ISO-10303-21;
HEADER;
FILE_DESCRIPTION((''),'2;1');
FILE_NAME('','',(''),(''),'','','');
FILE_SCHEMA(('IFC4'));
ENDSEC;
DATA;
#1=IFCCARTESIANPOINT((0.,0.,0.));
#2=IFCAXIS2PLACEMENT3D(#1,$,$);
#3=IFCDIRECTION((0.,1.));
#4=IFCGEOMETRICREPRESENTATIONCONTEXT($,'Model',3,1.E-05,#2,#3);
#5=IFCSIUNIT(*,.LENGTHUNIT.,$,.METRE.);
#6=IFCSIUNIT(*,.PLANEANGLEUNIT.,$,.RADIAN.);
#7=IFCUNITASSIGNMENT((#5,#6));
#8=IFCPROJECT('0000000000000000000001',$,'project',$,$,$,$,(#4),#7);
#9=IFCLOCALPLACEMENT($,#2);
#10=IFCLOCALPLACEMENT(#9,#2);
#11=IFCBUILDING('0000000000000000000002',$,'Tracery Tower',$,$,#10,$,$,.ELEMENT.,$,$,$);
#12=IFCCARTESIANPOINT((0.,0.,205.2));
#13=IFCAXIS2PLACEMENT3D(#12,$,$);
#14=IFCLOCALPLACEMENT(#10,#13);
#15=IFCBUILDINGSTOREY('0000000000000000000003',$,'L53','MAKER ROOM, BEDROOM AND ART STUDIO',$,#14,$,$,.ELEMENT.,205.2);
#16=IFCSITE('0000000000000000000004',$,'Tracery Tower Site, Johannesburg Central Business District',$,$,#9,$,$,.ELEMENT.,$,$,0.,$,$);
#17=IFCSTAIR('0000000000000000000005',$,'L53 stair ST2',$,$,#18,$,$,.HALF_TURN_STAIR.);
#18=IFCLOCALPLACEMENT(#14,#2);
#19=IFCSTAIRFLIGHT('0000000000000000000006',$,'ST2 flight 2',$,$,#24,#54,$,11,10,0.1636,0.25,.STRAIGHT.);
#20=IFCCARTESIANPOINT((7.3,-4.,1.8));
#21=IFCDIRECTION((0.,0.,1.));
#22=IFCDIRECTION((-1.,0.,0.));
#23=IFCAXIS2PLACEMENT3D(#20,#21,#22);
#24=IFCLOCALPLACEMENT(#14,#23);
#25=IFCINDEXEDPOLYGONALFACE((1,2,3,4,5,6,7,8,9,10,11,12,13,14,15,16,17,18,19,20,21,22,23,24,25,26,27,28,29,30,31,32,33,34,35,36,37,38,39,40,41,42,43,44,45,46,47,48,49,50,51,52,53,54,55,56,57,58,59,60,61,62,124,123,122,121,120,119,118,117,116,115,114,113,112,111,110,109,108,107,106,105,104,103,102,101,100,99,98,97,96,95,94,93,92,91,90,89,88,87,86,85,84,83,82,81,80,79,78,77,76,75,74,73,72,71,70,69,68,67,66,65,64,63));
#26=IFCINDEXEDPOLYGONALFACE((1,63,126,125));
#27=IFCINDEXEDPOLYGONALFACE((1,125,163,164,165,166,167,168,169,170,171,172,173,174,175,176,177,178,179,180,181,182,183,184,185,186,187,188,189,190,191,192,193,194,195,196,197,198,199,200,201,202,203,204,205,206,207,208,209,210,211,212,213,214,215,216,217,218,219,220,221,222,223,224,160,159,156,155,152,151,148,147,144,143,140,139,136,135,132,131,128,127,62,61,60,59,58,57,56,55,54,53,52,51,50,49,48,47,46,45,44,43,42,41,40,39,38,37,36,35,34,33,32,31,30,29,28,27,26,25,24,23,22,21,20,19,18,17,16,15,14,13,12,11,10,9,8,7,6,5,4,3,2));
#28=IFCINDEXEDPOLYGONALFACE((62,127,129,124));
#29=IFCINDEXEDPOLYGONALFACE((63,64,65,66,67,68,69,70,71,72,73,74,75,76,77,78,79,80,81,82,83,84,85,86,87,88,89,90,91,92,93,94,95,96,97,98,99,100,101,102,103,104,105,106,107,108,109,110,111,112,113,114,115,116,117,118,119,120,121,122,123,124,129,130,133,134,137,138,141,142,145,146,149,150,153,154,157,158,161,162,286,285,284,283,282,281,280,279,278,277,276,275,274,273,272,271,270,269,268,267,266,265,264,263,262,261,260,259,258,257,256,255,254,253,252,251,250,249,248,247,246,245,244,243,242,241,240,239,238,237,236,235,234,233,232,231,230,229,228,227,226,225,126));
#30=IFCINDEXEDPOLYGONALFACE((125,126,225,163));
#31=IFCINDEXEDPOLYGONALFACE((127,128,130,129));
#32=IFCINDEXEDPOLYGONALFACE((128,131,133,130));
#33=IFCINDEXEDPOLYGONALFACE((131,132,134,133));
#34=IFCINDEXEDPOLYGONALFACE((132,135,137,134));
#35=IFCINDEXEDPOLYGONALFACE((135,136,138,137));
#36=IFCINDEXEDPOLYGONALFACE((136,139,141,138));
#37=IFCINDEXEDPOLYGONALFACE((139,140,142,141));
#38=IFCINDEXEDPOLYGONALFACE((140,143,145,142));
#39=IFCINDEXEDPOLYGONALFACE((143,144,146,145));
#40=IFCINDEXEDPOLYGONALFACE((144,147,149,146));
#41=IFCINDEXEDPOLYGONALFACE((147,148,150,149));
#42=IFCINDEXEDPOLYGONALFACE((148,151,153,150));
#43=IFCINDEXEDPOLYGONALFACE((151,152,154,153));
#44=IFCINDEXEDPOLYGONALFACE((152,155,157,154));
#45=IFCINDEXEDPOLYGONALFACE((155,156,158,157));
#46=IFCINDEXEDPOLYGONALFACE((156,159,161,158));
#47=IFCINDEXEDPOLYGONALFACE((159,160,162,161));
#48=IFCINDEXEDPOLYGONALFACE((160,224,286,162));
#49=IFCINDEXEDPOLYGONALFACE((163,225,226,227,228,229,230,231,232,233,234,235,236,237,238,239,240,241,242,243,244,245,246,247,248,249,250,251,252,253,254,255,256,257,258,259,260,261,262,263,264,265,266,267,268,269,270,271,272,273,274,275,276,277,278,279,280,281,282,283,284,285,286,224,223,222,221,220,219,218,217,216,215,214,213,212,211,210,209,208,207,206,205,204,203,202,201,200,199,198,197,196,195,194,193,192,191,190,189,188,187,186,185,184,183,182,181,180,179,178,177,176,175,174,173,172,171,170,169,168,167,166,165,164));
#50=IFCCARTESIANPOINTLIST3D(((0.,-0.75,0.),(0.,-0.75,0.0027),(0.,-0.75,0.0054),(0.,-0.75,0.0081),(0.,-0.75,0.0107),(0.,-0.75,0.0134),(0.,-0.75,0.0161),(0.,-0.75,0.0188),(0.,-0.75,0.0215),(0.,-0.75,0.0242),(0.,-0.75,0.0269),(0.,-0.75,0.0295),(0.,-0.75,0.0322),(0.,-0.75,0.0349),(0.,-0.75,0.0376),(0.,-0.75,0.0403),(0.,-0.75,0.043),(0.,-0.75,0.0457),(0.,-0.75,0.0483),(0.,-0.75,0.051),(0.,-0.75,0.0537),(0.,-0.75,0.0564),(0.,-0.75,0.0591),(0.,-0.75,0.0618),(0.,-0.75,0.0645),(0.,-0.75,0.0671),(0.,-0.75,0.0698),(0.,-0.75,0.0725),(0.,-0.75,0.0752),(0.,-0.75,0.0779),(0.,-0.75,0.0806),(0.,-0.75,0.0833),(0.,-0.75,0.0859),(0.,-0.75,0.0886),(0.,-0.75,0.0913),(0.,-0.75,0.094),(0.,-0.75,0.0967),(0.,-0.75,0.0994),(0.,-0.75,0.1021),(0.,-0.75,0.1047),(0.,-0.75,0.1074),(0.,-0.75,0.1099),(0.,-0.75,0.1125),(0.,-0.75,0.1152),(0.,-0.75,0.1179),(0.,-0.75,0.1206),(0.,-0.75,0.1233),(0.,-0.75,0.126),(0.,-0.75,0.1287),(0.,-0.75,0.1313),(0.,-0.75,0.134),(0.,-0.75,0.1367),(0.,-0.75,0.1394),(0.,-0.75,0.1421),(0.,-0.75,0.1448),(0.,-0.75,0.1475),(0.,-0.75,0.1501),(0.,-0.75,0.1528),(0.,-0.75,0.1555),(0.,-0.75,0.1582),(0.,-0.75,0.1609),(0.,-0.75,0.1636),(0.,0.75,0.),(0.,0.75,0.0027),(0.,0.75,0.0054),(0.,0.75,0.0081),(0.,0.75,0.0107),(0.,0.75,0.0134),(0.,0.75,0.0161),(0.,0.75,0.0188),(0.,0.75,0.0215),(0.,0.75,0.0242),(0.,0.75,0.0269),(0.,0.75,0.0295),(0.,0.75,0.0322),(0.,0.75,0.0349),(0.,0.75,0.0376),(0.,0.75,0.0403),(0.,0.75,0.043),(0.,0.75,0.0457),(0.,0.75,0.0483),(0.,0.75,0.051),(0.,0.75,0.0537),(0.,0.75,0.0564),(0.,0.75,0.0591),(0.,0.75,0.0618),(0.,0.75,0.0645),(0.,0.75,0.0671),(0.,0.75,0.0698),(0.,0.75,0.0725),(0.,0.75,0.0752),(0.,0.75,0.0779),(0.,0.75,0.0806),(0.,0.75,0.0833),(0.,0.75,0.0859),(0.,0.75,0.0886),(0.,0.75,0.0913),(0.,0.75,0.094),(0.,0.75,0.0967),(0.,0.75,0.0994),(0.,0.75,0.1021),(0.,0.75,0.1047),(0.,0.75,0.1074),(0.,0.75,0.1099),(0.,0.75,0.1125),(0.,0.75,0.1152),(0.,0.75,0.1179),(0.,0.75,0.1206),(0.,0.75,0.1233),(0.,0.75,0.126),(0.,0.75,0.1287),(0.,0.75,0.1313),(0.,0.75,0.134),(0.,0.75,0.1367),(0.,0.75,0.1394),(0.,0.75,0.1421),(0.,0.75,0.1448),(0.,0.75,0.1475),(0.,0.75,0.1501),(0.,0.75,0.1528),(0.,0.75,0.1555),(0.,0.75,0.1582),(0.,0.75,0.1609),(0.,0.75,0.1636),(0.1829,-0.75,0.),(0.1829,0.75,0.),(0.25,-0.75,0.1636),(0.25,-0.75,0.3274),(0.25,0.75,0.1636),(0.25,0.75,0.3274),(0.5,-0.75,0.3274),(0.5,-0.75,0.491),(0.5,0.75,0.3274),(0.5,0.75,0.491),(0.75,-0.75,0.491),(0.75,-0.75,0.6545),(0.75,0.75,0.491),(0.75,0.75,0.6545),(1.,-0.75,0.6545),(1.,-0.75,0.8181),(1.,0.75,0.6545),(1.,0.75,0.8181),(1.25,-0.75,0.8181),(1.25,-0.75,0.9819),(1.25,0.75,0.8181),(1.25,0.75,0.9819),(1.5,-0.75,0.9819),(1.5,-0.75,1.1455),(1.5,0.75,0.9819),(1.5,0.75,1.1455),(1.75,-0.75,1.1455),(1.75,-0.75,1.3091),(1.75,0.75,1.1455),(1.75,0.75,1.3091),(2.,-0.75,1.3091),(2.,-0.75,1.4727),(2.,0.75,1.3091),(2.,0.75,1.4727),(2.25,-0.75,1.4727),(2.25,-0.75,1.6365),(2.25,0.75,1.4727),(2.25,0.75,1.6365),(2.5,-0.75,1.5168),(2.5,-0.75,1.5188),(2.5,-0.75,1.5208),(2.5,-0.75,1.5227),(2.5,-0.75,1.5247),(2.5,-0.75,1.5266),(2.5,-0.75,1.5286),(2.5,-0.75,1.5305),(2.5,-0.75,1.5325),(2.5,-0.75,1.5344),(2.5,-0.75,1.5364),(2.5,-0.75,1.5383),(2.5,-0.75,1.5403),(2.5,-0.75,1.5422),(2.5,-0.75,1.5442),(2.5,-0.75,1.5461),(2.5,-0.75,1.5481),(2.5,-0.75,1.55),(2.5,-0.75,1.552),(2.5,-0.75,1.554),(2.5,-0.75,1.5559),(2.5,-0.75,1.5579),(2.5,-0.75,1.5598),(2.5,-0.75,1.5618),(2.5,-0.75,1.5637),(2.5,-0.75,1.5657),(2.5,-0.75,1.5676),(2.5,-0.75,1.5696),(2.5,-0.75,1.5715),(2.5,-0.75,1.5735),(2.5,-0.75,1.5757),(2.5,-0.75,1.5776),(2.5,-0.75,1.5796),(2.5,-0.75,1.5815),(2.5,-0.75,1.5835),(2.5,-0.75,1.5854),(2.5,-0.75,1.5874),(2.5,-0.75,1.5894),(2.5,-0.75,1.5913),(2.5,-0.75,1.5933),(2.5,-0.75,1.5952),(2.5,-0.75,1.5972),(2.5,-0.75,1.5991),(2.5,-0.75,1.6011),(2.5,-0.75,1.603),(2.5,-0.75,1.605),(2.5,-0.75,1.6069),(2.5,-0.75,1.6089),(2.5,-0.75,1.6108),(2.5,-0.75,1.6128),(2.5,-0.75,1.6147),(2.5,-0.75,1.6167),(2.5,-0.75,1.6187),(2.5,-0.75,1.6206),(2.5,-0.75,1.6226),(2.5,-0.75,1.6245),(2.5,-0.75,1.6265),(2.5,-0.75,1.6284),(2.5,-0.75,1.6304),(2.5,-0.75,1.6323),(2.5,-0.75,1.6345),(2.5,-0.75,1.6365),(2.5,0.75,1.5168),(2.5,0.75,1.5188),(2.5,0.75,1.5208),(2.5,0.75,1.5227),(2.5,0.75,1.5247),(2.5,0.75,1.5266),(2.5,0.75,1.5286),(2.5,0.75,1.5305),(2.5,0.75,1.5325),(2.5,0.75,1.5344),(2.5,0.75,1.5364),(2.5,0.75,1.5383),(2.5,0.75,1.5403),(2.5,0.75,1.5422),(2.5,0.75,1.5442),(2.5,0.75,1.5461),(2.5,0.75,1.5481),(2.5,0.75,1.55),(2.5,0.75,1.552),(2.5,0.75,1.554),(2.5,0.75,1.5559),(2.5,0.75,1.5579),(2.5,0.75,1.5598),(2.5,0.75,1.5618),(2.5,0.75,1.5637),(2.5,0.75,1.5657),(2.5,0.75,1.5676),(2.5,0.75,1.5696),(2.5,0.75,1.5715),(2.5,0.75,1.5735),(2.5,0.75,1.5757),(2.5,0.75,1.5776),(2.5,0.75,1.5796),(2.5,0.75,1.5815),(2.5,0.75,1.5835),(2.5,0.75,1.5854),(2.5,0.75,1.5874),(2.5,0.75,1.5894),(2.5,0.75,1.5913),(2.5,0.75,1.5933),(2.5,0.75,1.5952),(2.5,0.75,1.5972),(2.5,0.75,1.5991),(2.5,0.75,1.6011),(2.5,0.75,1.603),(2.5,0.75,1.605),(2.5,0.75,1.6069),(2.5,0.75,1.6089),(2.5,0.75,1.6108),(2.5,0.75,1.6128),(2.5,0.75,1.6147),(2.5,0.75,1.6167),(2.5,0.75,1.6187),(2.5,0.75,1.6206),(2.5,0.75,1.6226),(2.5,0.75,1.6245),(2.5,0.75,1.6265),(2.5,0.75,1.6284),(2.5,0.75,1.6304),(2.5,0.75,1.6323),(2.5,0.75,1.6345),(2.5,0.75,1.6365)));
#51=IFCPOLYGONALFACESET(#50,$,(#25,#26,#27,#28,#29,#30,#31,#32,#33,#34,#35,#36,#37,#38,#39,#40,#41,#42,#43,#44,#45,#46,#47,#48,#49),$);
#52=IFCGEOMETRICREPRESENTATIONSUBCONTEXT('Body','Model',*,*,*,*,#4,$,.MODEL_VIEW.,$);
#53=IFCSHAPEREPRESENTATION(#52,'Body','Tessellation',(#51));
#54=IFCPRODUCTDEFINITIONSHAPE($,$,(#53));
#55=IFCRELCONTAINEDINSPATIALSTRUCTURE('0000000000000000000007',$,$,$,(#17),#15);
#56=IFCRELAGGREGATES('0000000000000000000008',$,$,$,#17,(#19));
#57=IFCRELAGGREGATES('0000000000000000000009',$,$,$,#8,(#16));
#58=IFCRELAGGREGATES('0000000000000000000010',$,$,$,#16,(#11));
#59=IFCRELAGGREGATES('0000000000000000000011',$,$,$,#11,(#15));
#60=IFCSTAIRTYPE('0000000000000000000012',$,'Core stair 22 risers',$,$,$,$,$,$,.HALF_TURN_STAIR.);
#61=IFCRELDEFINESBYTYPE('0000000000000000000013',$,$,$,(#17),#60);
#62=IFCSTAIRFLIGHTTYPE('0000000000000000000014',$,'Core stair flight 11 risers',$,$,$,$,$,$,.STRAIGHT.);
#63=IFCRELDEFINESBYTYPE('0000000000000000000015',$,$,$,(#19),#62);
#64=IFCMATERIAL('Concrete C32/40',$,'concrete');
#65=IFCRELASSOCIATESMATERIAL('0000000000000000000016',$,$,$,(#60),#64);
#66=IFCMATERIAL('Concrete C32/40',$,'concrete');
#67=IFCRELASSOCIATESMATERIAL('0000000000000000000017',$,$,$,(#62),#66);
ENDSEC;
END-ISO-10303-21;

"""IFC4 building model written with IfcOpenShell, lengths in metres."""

from ifc_helpers import new_model, si_unit, direction, frame, origin, place, context, subcontext, project, spatial, polyline, outline, extrude, material, type_object, element, aggregate, save


model = new_model("IFC4")

# Units and contexts
model_context = context("Model", 3, precision=1e-05, world=origin(), true_north=direction((0.0, 1.0)))
body_context = subcontext(model_context, "Body", "Model", "MODEL_VIEW")
ifc_project = project(units=[si_unit("LENGTHUNIT", "METRE"), si_unit("PLANEANGLEUNIT", "RADIAN")], contexts=[model_context])

# Site, building, storey
site_placement = place(None, origin())
site = spatial("IfcSite", under=ifc_project, at=site_placement, Name="Tracery Tower Site, Johannesburg Central Business District", CompositionType="ELEMENT", RefElevation=0.0)
building_placement = place(site_placement, origin())
building = spatial("IfcBuilding", under=site, at=building_placement, Name="Tracery Tower", CompositionType="ELEMENT")
storey_placement = place(building_placement, frame((0.0, 0.0, 205.2)))
storey = spatial("IfcBuildingStorey", under=building, at=storey_placement, Name="L53", Description="MAKER ROOM, BEDROOM AND ART STUDIO", CompositionType="ELEMENT", Elevation=205.2)

# Stair, stair flight
ifc_material_1 = material(Name="Concrete C32/40", Category="concrete")
stair_type = type_object("IfcStairType", Name="Core stair 22 risers", PredefinedType="HALF_TURN_STAIR", material=ifc_material_1)
stair_placement = place(storey_placement, origin())
stair = element("IfcStair", 1, at=stair_placement, inside=storey, type_object=stair_type, Name="L53 stair ST2", PredefinedType="HALF_TURN_STAIR")
ifc_material_2 = material(Name="Concrete C32/40", Category="concrete")
stair_flight_type = type_object("IfcStairFlightType", Name="Core stair flight 11 risers", PredefinedType="STRAIGHT", material=ifc_material_2)
stair_flight_1_placement = place(storey_placement, frame((7.3, -4.0, 1.8), z_axis=(0.0, 0.0, 1.0), x_axis=(-1.0, 0.0, 0.0)))
stair_flight_1 = element("IfcStairFlight", 2, at=stair_flight_1_placement, type_object=stair_flight_type, Name="ST2 flight 2", NumberOfRisers=11, NumberOfTreads=10, PredefinedType="STRAIGHT", RiserHeight=0.1636, TreadLength=0.25, context=body_context, shape_type="SweptSolid", body=[
    extrude(outline(polyline([(0.0, 0.0), (0.0, 0.0027), (0.0, 0.0054), (0.0, 0.0081), (0.0, 0.0107), (0.0, 0.0134), (0.0, 0.0161), (0.0, 0.0188), (0.0, 0.0215), (0.0, 0.0242), (0.0, 0.0269), (0.0, 0.0295), (0.0, 0.0322), (0.0, 0.0349), (0.0, 0.0376), (0.0, 0.0403), (0.0, 0.043), (0.0, 0.0457), (0.0, 0.0483), (0.0, 0.051), (0.0, 0.0537), (0.0, 0.0564), (0.0, 0.0591), (0.0, 0.0618), (0.0, 0.0645), (0.0, 0.0671), (0.0, 0.0698), (0.0, 0.0725), (0.0, 0.0752), (0.0, 0.0779), (0.0, 0.0806), (0.0, 0.0833), (0.0, 0.0859), (0.0, 0.0886), (0.0, 0.0913), (0.0, 0.094), (0.0, 0.0967), (0.0, 0.0994), (0.0, 0.1021), (0.0, 0.1047), (0.0, 0.1074), (0.0, 0.1099), (0.0, 0.1125), (0.0, 0.1152), (0.0, 0.1179), (0.0, 0.1206), (0.0, 0.1233), (0.0, 0.126), (0.0, 0.1287), (0.0, 0.1313), (0.0, 0.134), (0.0, 0.1367), (0.0, 0.1394), (0.0, 0.1421), (0.0, 0.1448), (0.0, 0.1475), (0.0, 0.1501), (0.0, 0.1528), (0.0, 0.1555), (0.0, 0.1582), (0.0, 0.1609), (0.0, 0.1636), (0.25, 0.1636), (0.25, 0.3274), (0.5, 0.3274), (0.5, 0.491), (0.75, 0.491), (0.75, 0.6545), (1.0, 0.6545), (1.0, 0.8181), (1.25, 0.8181), (1.25, 0.9819), (1.5, 0.9819), (1.5, 1.1455), (1.75, 1.1455), (1.75, 1.3091), (2.0, 1.3091), (2.0, 1.4727), (2.25, 1.4727), (2.25, 1.6365), (2.5, 1.6365), (2.5, 1.6345), (2.5, 1.6323), (2.5, 1.6304), (2.5, 1.6284), (2.5, 1.6265), (2.5, 1.6245), (2.5, 1.6226), (2.5, 1.6206), (2.5, 1.6187), (2.5, 1.6167), (2.5, 1.6147), (2.5, 1.6128), (2.5, 1.6108), (2.5, 1.6089), (2.5, 1.6069), (2.5, 1.605), (2.5, 1.603), (2.5, 1.6011), (2.5, 1.5991), (2.5, 1.5972), (2.5, 1.5952), (2.5, 1.5933), (2.5, 1.5913), (2.5, 1.5894), (2.5, 1.5874), (2.5, 1.5854), (2.5, 1.5835), (2.5, 1.5815), (2.5, 1.5796), (2.5, 1.5776), (2.5, 1.5757), (2.5, 1.5735), (2.5, 1.5715), (2.5, 1.5696), (2.5, 1.5676), (2.5, 1.5657), (2.5, 1.5637), (2.5, 1.5618), (2.5, 1.5598), (2.5, 1.5579), (2.5, 1.5559), (2.5, 1.554), (2.5, 1.552), (2.5, 1.55), (2.5, 1.5481), (2.5, 1.5461), (2.5, 1.5442), (2.5, 1.5422), (2.5, 1.5403), (2.5, 1.5383), (2.5, 1.5364), (2.5, 1.5344), (2.5, 1.5325), (2.5, 1.5305), (2.5, 1.5286), (2.5, 1.5266), (2.5, 1.5247), (2.5, 1.5227), (2.5, 1.5208), (2.5, 1.5188), (2.5, 1.5168), (0.1829, 0.0), (0.0, 0.0)])), frame((0.0, 0.75, 0.0), z_axis=(0.0, -1.0, 0.0), x_axis=(1.0, 0.0, 0.0)), (0.0, 0.0, 1.0), 1.5),
])
aggregate(stair, [stair_flight_1])

save(model, "model.ifc")
